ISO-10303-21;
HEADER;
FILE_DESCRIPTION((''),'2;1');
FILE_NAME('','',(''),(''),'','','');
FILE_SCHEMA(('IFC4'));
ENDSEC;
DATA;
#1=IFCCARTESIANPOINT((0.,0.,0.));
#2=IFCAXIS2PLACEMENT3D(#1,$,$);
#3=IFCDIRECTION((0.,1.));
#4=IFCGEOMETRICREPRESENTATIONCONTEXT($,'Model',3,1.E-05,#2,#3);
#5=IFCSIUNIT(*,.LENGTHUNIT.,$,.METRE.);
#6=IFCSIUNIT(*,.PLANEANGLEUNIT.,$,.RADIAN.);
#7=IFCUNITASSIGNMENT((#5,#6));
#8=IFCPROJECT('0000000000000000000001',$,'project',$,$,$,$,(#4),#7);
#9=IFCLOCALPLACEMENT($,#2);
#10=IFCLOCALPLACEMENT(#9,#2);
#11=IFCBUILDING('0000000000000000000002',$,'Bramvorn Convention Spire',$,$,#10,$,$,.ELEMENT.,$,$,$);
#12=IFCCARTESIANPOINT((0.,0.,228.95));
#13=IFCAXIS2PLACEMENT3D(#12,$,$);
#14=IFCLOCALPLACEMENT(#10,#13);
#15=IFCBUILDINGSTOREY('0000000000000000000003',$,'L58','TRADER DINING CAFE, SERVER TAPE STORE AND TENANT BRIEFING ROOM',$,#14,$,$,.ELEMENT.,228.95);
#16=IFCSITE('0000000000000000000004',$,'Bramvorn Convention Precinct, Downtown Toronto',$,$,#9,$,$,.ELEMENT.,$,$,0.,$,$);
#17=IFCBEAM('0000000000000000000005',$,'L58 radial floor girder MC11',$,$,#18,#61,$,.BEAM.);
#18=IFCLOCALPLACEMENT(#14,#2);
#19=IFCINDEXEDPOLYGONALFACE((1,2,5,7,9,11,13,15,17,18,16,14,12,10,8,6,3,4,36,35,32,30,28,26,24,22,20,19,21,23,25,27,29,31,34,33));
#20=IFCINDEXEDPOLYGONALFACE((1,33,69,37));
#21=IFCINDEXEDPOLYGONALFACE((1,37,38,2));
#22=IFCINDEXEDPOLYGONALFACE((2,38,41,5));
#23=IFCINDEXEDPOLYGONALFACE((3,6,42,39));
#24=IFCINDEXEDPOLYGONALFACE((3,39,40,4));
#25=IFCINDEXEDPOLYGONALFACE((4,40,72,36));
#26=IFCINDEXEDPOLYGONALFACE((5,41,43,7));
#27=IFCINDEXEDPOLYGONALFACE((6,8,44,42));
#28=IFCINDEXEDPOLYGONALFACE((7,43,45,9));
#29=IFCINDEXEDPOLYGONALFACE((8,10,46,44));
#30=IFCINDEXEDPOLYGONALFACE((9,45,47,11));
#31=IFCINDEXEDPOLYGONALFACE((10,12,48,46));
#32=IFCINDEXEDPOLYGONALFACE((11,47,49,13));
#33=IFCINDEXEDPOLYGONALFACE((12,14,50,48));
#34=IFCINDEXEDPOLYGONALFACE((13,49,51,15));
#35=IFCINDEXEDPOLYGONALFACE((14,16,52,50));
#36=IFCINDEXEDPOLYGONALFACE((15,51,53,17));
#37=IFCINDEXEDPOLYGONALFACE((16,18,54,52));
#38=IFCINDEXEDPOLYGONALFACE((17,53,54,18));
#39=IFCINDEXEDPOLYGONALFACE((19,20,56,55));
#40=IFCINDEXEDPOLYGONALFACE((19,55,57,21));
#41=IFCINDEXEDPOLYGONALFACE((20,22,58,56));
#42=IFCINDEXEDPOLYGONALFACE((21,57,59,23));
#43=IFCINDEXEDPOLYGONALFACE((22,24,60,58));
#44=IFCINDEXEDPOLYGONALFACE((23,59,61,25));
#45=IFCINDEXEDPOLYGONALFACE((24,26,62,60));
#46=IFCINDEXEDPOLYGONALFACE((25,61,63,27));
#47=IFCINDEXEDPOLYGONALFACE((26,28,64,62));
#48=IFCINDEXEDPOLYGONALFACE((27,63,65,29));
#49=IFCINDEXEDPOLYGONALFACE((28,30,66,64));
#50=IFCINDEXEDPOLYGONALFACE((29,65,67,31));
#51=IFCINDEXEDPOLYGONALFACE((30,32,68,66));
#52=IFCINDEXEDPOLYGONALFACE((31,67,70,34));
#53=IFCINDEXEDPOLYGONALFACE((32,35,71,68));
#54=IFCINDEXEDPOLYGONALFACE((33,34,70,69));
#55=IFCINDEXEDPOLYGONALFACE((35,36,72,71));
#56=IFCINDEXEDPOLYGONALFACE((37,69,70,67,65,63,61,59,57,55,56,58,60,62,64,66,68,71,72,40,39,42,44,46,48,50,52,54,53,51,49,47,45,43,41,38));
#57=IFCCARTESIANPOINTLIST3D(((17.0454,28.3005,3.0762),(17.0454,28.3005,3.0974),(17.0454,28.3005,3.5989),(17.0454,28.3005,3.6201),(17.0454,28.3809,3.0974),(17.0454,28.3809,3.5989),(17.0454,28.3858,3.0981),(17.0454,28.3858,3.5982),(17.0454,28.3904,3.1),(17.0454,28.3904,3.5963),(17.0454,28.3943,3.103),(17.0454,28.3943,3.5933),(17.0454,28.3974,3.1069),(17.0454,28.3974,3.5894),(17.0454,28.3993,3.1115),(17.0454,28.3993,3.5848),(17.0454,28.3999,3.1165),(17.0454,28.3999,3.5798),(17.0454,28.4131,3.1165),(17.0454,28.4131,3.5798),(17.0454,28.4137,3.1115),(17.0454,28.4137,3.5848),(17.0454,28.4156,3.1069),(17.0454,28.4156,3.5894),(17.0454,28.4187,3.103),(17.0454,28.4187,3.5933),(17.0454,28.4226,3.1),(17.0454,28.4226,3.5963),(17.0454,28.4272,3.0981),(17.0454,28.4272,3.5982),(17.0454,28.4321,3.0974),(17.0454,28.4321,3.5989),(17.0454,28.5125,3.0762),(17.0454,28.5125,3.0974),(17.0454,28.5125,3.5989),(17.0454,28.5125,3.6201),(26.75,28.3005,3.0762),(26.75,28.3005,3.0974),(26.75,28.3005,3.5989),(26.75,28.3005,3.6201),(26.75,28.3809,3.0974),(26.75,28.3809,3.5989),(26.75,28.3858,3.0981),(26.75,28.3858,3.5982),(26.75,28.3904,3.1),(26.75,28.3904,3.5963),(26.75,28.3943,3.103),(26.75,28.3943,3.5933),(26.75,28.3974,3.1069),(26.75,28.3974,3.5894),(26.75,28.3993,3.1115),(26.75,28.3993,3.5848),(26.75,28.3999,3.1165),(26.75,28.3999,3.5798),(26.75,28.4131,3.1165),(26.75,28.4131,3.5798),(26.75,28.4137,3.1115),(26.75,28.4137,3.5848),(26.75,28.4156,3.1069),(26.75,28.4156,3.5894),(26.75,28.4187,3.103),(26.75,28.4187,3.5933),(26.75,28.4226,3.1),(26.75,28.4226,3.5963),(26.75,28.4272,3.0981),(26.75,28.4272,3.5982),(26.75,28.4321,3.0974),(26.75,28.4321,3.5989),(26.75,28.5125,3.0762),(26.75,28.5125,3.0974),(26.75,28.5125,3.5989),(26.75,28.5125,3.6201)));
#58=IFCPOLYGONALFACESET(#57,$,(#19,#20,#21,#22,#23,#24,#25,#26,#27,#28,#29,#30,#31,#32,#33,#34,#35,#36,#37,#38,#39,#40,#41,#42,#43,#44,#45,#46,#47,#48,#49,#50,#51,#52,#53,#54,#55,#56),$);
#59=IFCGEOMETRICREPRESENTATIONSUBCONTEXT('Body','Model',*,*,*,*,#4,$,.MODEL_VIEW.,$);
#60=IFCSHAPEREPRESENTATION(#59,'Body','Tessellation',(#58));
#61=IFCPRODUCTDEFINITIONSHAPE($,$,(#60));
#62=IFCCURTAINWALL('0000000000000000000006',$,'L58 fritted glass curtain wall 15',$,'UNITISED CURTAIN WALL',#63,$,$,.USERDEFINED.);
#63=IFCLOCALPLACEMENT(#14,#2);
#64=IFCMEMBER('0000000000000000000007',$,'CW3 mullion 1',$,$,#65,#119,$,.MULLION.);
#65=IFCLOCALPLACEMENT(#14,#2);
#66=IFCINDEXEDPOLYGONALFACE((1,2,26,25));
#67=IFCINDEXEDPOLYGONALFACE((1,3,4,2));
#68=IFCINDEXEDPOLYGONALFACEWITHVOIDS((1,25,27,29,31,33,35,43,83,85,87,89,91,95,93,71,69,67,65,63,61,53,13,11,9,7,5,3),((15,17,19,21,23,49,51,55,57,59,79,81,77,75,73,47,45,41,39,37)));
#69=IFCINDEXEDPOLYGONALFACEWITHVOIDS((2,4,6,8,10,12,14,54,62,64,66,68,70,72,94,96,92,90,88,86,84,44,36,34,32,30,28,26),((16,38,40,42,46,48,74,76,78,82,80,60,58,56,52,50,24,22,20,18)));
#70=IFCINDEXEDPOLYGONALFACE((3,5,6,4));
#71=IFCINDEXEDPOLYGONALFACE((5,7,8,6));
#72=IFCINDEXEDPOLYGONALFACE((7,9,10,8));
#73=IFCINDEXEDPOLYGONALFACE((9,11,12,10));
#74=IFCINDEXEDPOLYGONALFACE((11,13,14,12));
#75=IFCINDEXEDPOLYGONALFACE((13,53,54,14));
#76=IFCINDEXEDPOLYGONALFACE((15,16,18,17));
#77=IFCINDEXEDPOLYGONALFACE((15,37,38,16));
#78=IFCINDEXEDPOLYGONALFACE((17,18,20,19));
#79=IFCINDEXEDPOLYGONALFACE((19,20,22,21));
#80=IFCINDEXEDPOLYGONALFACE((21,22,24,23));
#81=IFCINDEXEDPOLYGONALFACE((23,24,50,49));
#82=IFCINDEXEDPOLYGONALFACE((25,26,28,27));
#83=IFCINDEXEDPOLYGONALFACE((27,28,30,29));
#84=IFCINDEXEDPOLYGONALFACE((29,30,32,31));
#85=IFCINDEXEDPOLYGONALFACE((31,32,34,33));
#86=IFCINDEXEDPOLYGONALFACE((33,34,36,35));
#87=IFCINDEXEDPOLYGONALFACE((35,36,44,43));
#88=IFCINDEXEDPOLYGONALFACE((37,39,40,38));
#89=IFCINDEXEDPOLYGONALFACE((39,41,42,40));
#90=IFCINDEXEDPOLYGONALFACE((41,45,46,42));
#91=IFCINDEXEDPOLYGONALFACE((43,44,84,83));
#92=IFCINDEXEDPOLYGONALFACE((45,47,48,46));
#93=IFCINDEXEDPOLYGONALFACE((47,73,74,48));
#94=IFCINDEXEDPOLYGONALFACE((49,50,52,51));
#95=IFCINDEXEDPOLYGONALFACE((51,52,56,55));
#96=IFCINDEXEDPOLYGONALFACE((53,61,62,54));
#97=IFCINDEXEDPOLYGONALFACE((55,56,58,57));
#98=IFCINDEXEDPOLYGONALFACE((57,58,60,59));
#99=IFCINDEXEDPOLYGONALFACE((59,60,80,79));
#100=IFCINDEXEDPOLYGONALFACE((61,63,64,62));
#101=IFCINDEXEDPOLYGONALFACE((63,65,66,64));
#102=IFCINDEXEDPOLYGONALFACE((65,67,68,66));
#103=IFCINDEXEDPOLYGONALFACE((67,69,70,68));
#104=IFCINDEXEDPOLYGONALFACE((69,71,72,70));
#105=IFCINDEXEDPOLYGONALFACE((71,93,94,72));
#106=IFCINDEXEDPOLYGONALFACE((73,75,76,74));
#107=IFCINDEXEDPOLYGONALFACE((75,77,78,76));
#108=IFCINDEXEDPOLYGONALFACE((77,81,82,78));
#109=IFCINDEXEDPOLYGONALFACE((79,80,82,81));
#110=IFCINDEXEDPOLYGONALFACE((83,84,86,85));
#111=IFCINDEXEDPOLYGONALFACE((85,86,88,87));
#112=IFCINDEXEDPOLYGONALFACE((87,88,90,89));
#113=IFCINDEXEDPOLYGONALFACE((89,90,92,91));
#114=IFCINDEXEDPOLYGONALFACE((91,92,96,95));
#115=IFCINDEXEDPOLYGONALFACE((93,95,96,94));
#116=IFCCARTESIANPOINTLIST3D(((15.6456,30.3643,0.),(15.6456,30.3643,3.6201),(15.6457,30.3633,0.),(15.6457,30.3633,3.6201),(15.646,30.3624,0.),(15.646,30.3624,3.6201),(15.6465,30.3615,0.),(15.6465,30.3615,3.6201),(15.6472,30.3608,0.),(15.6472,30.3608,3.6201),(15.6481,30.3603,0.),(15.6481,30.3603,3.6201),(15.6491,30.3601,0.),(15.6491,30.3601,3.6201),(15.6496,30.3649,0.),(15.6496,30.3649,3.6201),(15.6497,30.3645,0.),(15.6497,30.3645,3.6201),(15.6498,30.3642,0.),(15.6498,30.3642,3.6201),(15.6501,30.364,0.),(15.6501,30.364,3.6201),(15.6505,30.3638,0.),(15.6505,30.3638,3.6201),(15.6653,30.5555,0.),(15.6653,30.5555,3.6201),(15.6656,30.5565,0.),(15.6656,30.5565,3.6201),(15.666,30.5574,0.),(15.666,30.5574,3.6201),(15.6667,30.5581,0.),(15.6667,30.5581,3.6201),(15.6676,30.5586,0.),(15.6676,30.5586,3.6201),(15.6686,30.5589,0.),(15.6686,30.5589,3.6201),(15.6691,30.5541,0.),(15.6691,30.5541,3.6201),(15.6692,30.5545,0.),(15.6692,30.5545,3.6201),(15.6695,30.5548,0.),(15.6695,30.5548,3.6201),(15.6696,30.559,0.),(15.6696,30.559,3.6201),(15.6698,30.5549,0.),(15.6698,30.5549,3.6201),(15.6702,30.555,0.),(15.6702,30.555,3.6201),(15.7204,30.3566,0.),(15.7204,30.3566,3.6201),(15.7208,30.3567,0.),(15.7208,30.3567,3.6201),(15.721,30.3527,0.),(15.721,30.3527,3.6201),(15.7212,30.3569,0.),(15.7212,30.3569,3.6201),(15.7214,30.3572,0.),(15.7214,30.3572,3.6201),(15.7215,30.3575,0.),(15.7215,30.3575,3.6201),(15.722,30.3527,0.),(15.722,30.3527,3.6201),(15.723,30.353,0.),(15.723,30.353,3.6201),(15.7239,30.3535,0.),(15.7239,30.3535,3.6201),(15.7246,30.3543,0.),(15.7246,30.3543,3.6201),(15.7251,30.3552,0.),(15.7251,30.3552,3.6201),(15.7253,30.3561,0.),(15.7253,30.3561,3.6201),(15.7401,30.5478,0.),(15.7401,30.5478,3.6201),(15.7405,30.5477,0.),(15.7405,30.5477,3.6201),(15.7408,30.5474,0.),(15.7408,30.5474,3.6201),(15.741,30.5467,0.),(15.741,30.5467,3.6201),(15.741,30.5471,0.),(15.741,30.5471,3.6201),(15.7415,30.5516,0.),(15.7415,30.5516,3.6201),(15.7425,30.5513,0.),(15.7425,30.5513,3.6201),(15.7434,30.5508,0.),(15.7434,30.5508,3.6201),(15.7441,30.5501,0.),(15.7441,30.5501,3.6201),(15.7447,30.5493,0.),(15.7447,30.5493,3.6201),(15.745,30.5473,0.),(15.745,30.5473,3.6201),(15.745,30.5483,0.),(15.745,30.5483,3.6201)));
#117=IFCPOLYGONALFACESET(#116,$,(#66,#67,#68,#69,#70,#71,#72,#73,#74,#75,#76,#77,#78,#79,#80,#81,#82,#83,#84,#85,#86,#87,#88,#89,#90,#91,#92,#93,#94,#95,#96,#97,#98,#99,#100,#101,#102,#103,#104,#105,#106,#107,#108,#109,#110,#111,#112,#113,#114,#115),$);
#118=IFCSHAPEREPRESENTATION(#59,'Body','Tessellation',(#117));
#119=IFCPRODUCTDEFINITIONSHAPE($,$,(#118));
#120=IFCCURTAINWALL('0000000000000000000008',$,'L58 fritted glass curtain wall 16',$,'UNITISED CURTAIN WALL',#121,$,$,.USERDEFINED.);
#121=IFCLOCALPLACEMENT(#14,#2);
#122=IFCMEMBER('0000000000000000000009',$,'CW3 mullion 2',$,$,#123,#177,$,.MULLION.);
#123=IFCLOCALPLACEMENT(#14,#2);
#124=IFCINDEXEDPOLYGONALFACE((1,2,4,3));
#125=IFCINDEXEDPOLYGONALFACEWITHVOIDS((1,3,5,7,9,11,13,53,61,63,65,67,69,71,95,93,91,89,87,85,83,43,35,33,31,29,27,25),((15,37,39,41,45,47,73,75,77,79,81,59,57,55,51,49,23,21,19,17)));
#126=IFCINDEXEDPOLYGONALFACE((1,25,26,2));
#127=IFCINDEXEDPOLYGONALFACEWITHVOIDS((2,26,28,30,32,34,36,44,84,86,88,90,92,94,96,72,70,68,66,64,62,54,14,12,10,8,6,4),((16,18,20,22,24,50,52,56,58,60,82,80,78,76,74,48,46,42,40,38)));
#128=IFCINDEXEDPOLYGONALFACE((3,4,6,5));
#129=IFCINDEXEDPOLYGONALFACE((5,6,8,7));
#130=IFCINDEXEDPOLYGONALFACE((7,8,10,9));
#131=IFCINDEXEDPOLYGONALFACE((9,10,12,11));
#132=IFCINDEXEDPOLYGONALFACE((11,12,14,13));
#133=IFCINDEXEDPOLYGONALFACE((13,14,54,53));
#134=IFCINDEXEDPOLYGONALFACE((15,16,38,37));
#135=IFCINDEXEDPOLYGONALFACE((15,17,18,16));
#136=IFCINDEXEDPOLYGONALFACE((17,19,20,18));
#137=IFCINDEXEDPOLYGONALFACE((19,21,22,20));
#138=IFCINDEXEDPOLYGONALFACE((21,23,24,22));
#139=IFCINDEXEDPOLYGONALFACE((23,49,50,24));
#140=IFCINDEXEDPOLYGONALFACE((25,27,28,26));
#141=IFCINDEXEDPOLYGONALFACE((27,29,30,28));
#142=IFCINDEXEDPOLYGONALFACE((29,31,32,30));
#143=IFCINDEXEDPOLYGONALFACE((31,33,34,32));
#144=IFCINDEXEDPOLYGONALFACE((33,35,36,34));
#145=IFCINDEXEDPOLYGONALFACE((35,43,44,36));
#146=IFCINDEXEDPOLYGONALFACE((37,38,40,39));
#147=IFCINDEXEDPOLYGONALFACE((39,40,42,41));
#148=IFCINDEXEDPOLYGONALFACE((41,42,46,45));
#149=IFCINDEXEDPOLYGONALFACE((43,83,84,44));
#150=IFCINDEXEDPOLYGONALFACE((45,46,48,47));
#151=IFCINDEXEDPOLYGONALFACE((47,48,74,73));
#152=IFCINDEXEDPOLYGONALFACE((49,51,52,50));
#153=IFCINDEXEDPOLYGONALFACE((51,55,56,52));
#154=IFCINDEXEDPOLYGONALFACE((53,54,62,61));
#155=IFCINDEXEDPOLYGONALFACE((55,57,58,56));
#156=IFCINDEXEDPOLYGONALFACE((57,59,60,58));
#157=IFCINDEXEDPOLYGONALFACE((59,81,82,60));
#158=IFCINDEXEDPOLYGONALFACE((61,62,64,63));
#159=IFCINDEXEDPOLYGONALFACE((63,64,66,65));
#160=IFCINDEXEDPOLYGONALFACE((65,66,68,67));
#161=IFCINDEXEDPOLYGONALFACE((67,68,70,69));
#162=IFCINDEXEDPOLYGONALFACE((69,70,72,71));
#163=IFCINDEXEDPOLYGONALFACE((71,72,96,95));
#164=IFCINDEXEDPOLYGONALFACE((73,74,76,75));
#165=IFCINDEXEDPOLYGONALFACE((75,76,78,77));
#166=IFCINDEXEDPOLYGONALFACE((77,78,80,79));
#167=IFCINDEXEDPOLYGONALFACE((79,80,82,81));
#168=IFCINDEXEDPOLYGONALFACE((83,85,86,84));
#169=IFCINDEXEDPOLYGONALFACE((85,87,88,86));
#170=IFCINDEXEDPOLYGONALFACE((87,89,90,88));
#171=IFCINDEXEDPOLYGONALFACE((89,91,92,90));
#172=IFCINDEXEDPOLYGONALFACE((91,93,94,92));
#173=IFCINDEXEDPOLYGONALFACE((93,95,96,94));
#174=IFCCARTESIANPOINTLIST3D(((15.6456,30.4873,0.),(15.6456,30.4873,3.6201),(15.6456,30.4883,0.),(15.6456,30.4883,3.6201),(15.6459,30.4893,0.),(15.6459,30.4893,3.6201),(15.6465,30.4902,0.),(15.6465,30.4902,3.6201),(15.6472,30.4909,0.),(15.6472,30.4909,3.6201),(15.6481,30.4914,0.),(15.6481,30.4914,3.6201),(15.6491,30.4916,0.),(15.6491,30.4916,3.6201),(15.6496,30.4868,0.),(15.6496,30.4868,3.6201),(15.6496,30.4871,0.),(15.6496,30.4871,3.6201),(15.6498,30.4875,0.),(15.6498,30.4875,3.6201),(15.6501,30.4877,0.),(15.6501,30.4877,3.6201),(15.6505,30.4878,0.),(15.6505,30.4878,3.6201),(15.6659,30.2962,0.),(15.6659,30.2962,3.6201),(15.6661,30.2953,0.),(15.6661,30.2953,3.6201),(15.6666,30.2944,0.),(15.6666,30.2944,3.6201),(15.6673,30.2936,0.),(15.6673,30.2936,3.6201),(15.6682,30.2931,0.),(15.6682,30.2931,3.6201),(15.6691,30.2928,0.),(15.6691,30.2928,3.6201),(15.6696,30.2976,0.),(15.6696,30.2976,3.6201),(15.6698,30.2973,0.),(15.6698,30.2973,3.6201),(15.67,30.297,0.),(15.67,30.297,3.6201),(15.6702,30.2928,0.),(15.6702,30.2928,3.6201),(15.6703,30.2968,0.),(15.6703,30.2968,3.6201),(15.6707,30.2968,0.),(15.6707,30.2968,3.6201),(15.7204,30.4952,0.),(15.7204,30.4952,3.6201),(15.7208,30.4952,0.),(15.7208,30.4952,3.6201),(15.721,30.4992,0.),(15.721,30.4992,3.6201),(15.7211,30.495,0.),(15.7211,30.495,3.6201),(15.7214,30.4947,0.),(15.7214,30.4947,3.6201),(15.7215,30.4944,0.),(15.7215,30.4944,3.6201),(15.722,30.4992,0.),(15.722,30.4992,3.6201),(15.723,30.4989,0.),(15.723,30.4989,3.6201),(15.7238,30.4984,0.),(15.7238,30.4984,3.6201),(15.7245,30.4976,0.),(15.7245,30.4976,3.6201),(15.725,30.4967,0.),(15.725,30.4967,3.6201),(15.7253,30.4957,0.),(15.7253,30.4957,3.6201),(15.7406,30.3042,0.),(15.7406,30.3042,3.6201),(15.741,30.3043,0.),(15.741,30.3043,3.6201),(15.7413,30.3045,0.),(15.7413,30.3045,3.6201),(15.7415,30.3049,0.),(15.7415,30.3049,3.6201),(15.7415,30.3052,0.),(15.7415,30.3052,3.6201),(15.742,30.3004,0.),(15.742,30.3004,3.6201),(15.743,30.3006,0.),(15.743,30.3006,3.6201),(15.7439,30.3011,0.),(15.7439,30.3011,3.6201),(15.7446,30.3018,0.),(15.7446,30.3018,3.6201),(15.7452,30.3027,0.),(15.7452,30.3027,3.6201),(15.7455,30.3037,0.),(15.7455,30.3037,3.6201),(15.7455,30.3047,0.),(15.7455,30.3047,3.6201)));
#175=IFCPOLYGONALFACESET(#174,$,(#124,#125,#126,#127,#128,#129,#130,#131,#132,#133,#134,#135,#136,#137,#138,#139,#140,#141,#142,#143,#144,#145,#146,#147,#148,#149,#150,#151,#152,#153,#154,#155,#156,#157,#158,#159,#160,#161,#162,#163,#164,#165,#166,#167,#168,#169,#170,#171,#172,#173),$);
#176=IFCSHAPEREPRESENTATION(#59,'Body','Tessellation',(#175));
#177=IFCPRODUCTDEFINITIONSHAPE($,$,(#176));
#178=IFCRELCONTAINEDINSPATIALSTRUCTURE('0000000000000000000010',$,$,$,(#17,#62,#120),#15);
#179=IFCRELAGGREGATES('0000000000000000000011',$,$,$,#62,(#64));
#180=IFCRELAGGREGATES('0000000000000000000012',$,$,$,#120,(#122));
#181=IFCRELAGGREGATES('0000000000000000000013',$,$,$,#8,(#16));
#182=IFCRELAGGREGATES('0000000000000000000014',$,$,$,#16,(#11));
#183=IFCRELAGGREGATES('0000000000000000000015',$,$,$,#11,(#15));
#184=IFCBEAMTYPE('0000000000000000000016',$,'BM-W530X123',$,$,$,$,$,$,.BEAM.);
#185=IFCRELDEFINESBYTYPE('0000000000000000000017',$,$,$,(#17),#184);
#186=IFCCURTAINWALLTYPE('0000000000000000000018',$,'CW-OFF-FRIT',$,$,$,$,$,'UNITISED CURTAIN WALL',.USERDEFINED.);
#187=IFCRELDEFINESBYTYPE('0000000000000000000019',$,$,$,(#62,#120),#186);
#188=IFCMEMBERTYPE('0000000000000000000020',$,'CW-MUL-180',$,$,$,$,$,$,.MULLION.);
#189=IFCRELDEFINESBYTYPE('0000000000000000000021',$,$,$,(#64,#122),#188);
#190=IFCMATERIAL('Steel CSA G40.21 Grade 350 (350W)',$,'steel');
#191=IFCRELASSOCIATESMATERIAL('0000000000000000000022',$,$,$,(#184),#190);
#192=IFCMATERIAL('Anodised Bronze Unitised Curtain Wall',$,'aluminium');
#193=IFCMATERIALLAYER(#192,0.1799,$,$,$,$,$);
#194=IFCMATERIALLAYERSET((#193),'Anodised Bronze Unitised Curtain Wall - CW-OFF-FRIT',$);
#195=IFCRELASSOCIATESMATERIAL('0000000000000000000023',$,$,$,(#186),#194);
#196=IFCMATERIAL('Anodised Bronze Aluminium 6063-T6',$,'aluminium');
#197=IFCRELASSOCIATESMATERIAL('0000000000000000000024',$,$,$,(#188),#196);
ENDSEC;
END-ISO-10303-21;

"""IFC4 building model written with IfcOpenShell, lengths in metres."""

from ifc_helpers import new_model, si_unit, direction, frame, origin, origin_2d, place, context, subcontext, project, spatial, hollow_rectangle, i_section, extrude, material, layer, layer_set, material_profile, profile_set, type_object, element, aggregate, save


model = new_model("IFC4")

# Units and contexts
model_context = context("Model", 3, precision=1e-05, world=origin(), true_north=direction((0.0, 1.0)))
body_context = subcontext(model_context, "Body", "Model", "MODEL_VIEW")
ifc_project = project(units=[si_unit("LENGTHUNIT", "METRE"), si_unit("PLANEANGLEUNIT", "RADIAN")], contexts=[model_context])

# Site, building, storey
site_placement = place(None, origin())
site = spatial("IfcSite", under=ifc_project, at=site_placement, Name="Bramvorn Convention Precinct, Downtown Toronto", CompositionType="ELEMENT", RefElevation=0.0)
building_placement = place(site_placement, origin())
building = spatial("IfcBuilding", under=site, at=building_placement, Name="Bramvorn Convention Spire", CompositionType="ELEMENT")
storey_placement = place(building_placement, frame((0.0, 0.0, 228.95)))
storey = spatial("IfcBuildingStorey", under=building, at=storey_placement, Name="L58", Description="TRADER DINING CAFE, SERVER TAPE STORE AND TENANT BRIEFING ROOM", CompositionType="ELEMENT", Elevation=228.95)

# Shared definitions
ifc_material_1 = material(Name="Steel CSA G40.21 Grade 350 (350W)", Category="steel")

# Beam
ifc_material_profile_1 = material_profile(ifc_material_1, i_section(OverallWidth=0.2119, OverallDepth=0.5439, WebThickness=0.0132, FlangeThickness=0.0212, FilletRadius=0.019, at=origin_2d()))
ifc_profile_set_1 = profile_set([ifc_material_profile_1], Name="Steel CSA G40.21 Grade 350 (350W) - W530X123")
beam_type_1 = type_object("IfcBeamType", Name="BM-W530X123", PredefinedType="BEAM", material=ifc_profile_set_1)
beam_1_placement = place(storey_placement, frame((26.75, 28.4065, 3.3481), z_axis=(-1.0, 0.0, 0.0), x_axis=(0.0, -1.0, 0.0)))
element("IfcBeam", 1, at=beam_1_placement, inside=storey, type_object=beam_type_1, Name="L58 radial floor girder MC11", PredefinedType="BEAM", context=body_context, shape_type="SweptSolid", body=[
    extrude(i_section(OverallWidth=0.2119, OverallDepth=0.5439, WebThickness=0.0132, FlangeThickness=0.0212, FilletRadius=0.019, at=origin_2d()), origin(), (0.0, 0.0, 1.0), 9.7046),
])

# Curtain walls, members
ifc_material_2 = material(Name="Anodised Bronze Unitised Curtain Wall", Category="aluminium")
ifc_layer_1 = layer(ifc_material_2, 0.1799)
ifc_layer_set_1 = layer_set([ifc_layer_1], Name="Anodised Bronze Unitised Curtain Wall - CW-OFF-FRIT")
curtain_wall_type = type_object("IfcCurtainWallType", Name="CW-OFF-FRIT", ElementType="UNITISED CURTAIN WALL", PredefinedType="USERDEFINED", material=ifc_layer_set_1)
curtain_wall_1_placement = place(storey_placement, origin())
curtain_wall_1 = element("IfcCurtainWall", 2, at=curtain_wall_1_placement, inside=storey, type_object=curtain_wall_type, Name="L58 fritted glass curtain wall 15", ObjectType="UNITISED CURTAIN WALL", PredefinedType="USERDEFINED")
ifc_material_3 = material(Name="Anodised Bronze Aluminium 6063-T6", Category="aluminium")
ifc_material_profile_2 = material_profile(ifc_material_3, hollow_rectangle(XDim=0.0801, YDim=0.2, WallThickness=0.0039, InnerFilletRadius=0.001, OuterFilletRadius=0.0039, at=origin_2d()))
ifc_profile_set_2 = profile_set([ifc_material_profile_2], Name="Anodised Bronze Aluminium 6063-T6 - CWM80X200")
member_type_1 = type_object("IfcMemberType", Name="CW-MUL-180", PredefinedType="MULLION", material=ifc_profile_set_2)
member_1_placement = place(storey_placement, frame((15.6953, 30.4558, 0.0), z_axis=(0.0, 0.0, 1.0), x_axis=(-0.99474, 0.102434, 0.0)))
member_1 = element("IfcMember", 3, at=member_1_placement, type_object=member_type_1, Name="CW3 mullion 1", PredefinedType="MULLION", context=body_context, shape_type="SweptSolid", body=[
    extrude(hollow_rectangle(XDim=0.0801, YDim=0.2, WallThickness=0.0039, InnerFilletRadius=0.001, OuterFilletRadius=0.0039, at=origin_2d()), origin(), (0.0, 0.0, 1.0), 3.6201),
])
curtain_wall_2_placement = place(storey_placement, origin())
curtain_wall_2 = element("IfcCurtainWall", 4, at=curtain_wall_2_placement, inside=storey, type_object=curtain_wall_type, Name="L58 fritted glass curtain wall 16", ObjectType="UNITISED CURTAIN WALL", PredefinedType="USERDEFINED")
member_2_placement = place(storey_placement, frame((15.6956, 30.396, 0.0), z_axis=(0.0, 0.0, 1.0), x_axis=(-0.994436, -0.105344, 0.0)))
member_2 = element("IfcMember", 5, at=member_2_placement, type_object=member_type_1, Name="CW3 mullion 2", PredefinedType="MULLION", context=body_context, shape_type="SweptSolid", body=[
    extrude(hollow_rectangle(XDim=0.0801, YDim=0.2, WallThickness=0.0039, InnerFilletRadius=0.001, OuterFilletRadius=0.0039, at=origin_2d()), origin(), (0.0, 0.0, 1.0), 3.6201),
])

aggregate(curtain_wall_1, [member_1])

aggregate(curtain_wall_2, [member_2])

save(model, "model.ifc")
